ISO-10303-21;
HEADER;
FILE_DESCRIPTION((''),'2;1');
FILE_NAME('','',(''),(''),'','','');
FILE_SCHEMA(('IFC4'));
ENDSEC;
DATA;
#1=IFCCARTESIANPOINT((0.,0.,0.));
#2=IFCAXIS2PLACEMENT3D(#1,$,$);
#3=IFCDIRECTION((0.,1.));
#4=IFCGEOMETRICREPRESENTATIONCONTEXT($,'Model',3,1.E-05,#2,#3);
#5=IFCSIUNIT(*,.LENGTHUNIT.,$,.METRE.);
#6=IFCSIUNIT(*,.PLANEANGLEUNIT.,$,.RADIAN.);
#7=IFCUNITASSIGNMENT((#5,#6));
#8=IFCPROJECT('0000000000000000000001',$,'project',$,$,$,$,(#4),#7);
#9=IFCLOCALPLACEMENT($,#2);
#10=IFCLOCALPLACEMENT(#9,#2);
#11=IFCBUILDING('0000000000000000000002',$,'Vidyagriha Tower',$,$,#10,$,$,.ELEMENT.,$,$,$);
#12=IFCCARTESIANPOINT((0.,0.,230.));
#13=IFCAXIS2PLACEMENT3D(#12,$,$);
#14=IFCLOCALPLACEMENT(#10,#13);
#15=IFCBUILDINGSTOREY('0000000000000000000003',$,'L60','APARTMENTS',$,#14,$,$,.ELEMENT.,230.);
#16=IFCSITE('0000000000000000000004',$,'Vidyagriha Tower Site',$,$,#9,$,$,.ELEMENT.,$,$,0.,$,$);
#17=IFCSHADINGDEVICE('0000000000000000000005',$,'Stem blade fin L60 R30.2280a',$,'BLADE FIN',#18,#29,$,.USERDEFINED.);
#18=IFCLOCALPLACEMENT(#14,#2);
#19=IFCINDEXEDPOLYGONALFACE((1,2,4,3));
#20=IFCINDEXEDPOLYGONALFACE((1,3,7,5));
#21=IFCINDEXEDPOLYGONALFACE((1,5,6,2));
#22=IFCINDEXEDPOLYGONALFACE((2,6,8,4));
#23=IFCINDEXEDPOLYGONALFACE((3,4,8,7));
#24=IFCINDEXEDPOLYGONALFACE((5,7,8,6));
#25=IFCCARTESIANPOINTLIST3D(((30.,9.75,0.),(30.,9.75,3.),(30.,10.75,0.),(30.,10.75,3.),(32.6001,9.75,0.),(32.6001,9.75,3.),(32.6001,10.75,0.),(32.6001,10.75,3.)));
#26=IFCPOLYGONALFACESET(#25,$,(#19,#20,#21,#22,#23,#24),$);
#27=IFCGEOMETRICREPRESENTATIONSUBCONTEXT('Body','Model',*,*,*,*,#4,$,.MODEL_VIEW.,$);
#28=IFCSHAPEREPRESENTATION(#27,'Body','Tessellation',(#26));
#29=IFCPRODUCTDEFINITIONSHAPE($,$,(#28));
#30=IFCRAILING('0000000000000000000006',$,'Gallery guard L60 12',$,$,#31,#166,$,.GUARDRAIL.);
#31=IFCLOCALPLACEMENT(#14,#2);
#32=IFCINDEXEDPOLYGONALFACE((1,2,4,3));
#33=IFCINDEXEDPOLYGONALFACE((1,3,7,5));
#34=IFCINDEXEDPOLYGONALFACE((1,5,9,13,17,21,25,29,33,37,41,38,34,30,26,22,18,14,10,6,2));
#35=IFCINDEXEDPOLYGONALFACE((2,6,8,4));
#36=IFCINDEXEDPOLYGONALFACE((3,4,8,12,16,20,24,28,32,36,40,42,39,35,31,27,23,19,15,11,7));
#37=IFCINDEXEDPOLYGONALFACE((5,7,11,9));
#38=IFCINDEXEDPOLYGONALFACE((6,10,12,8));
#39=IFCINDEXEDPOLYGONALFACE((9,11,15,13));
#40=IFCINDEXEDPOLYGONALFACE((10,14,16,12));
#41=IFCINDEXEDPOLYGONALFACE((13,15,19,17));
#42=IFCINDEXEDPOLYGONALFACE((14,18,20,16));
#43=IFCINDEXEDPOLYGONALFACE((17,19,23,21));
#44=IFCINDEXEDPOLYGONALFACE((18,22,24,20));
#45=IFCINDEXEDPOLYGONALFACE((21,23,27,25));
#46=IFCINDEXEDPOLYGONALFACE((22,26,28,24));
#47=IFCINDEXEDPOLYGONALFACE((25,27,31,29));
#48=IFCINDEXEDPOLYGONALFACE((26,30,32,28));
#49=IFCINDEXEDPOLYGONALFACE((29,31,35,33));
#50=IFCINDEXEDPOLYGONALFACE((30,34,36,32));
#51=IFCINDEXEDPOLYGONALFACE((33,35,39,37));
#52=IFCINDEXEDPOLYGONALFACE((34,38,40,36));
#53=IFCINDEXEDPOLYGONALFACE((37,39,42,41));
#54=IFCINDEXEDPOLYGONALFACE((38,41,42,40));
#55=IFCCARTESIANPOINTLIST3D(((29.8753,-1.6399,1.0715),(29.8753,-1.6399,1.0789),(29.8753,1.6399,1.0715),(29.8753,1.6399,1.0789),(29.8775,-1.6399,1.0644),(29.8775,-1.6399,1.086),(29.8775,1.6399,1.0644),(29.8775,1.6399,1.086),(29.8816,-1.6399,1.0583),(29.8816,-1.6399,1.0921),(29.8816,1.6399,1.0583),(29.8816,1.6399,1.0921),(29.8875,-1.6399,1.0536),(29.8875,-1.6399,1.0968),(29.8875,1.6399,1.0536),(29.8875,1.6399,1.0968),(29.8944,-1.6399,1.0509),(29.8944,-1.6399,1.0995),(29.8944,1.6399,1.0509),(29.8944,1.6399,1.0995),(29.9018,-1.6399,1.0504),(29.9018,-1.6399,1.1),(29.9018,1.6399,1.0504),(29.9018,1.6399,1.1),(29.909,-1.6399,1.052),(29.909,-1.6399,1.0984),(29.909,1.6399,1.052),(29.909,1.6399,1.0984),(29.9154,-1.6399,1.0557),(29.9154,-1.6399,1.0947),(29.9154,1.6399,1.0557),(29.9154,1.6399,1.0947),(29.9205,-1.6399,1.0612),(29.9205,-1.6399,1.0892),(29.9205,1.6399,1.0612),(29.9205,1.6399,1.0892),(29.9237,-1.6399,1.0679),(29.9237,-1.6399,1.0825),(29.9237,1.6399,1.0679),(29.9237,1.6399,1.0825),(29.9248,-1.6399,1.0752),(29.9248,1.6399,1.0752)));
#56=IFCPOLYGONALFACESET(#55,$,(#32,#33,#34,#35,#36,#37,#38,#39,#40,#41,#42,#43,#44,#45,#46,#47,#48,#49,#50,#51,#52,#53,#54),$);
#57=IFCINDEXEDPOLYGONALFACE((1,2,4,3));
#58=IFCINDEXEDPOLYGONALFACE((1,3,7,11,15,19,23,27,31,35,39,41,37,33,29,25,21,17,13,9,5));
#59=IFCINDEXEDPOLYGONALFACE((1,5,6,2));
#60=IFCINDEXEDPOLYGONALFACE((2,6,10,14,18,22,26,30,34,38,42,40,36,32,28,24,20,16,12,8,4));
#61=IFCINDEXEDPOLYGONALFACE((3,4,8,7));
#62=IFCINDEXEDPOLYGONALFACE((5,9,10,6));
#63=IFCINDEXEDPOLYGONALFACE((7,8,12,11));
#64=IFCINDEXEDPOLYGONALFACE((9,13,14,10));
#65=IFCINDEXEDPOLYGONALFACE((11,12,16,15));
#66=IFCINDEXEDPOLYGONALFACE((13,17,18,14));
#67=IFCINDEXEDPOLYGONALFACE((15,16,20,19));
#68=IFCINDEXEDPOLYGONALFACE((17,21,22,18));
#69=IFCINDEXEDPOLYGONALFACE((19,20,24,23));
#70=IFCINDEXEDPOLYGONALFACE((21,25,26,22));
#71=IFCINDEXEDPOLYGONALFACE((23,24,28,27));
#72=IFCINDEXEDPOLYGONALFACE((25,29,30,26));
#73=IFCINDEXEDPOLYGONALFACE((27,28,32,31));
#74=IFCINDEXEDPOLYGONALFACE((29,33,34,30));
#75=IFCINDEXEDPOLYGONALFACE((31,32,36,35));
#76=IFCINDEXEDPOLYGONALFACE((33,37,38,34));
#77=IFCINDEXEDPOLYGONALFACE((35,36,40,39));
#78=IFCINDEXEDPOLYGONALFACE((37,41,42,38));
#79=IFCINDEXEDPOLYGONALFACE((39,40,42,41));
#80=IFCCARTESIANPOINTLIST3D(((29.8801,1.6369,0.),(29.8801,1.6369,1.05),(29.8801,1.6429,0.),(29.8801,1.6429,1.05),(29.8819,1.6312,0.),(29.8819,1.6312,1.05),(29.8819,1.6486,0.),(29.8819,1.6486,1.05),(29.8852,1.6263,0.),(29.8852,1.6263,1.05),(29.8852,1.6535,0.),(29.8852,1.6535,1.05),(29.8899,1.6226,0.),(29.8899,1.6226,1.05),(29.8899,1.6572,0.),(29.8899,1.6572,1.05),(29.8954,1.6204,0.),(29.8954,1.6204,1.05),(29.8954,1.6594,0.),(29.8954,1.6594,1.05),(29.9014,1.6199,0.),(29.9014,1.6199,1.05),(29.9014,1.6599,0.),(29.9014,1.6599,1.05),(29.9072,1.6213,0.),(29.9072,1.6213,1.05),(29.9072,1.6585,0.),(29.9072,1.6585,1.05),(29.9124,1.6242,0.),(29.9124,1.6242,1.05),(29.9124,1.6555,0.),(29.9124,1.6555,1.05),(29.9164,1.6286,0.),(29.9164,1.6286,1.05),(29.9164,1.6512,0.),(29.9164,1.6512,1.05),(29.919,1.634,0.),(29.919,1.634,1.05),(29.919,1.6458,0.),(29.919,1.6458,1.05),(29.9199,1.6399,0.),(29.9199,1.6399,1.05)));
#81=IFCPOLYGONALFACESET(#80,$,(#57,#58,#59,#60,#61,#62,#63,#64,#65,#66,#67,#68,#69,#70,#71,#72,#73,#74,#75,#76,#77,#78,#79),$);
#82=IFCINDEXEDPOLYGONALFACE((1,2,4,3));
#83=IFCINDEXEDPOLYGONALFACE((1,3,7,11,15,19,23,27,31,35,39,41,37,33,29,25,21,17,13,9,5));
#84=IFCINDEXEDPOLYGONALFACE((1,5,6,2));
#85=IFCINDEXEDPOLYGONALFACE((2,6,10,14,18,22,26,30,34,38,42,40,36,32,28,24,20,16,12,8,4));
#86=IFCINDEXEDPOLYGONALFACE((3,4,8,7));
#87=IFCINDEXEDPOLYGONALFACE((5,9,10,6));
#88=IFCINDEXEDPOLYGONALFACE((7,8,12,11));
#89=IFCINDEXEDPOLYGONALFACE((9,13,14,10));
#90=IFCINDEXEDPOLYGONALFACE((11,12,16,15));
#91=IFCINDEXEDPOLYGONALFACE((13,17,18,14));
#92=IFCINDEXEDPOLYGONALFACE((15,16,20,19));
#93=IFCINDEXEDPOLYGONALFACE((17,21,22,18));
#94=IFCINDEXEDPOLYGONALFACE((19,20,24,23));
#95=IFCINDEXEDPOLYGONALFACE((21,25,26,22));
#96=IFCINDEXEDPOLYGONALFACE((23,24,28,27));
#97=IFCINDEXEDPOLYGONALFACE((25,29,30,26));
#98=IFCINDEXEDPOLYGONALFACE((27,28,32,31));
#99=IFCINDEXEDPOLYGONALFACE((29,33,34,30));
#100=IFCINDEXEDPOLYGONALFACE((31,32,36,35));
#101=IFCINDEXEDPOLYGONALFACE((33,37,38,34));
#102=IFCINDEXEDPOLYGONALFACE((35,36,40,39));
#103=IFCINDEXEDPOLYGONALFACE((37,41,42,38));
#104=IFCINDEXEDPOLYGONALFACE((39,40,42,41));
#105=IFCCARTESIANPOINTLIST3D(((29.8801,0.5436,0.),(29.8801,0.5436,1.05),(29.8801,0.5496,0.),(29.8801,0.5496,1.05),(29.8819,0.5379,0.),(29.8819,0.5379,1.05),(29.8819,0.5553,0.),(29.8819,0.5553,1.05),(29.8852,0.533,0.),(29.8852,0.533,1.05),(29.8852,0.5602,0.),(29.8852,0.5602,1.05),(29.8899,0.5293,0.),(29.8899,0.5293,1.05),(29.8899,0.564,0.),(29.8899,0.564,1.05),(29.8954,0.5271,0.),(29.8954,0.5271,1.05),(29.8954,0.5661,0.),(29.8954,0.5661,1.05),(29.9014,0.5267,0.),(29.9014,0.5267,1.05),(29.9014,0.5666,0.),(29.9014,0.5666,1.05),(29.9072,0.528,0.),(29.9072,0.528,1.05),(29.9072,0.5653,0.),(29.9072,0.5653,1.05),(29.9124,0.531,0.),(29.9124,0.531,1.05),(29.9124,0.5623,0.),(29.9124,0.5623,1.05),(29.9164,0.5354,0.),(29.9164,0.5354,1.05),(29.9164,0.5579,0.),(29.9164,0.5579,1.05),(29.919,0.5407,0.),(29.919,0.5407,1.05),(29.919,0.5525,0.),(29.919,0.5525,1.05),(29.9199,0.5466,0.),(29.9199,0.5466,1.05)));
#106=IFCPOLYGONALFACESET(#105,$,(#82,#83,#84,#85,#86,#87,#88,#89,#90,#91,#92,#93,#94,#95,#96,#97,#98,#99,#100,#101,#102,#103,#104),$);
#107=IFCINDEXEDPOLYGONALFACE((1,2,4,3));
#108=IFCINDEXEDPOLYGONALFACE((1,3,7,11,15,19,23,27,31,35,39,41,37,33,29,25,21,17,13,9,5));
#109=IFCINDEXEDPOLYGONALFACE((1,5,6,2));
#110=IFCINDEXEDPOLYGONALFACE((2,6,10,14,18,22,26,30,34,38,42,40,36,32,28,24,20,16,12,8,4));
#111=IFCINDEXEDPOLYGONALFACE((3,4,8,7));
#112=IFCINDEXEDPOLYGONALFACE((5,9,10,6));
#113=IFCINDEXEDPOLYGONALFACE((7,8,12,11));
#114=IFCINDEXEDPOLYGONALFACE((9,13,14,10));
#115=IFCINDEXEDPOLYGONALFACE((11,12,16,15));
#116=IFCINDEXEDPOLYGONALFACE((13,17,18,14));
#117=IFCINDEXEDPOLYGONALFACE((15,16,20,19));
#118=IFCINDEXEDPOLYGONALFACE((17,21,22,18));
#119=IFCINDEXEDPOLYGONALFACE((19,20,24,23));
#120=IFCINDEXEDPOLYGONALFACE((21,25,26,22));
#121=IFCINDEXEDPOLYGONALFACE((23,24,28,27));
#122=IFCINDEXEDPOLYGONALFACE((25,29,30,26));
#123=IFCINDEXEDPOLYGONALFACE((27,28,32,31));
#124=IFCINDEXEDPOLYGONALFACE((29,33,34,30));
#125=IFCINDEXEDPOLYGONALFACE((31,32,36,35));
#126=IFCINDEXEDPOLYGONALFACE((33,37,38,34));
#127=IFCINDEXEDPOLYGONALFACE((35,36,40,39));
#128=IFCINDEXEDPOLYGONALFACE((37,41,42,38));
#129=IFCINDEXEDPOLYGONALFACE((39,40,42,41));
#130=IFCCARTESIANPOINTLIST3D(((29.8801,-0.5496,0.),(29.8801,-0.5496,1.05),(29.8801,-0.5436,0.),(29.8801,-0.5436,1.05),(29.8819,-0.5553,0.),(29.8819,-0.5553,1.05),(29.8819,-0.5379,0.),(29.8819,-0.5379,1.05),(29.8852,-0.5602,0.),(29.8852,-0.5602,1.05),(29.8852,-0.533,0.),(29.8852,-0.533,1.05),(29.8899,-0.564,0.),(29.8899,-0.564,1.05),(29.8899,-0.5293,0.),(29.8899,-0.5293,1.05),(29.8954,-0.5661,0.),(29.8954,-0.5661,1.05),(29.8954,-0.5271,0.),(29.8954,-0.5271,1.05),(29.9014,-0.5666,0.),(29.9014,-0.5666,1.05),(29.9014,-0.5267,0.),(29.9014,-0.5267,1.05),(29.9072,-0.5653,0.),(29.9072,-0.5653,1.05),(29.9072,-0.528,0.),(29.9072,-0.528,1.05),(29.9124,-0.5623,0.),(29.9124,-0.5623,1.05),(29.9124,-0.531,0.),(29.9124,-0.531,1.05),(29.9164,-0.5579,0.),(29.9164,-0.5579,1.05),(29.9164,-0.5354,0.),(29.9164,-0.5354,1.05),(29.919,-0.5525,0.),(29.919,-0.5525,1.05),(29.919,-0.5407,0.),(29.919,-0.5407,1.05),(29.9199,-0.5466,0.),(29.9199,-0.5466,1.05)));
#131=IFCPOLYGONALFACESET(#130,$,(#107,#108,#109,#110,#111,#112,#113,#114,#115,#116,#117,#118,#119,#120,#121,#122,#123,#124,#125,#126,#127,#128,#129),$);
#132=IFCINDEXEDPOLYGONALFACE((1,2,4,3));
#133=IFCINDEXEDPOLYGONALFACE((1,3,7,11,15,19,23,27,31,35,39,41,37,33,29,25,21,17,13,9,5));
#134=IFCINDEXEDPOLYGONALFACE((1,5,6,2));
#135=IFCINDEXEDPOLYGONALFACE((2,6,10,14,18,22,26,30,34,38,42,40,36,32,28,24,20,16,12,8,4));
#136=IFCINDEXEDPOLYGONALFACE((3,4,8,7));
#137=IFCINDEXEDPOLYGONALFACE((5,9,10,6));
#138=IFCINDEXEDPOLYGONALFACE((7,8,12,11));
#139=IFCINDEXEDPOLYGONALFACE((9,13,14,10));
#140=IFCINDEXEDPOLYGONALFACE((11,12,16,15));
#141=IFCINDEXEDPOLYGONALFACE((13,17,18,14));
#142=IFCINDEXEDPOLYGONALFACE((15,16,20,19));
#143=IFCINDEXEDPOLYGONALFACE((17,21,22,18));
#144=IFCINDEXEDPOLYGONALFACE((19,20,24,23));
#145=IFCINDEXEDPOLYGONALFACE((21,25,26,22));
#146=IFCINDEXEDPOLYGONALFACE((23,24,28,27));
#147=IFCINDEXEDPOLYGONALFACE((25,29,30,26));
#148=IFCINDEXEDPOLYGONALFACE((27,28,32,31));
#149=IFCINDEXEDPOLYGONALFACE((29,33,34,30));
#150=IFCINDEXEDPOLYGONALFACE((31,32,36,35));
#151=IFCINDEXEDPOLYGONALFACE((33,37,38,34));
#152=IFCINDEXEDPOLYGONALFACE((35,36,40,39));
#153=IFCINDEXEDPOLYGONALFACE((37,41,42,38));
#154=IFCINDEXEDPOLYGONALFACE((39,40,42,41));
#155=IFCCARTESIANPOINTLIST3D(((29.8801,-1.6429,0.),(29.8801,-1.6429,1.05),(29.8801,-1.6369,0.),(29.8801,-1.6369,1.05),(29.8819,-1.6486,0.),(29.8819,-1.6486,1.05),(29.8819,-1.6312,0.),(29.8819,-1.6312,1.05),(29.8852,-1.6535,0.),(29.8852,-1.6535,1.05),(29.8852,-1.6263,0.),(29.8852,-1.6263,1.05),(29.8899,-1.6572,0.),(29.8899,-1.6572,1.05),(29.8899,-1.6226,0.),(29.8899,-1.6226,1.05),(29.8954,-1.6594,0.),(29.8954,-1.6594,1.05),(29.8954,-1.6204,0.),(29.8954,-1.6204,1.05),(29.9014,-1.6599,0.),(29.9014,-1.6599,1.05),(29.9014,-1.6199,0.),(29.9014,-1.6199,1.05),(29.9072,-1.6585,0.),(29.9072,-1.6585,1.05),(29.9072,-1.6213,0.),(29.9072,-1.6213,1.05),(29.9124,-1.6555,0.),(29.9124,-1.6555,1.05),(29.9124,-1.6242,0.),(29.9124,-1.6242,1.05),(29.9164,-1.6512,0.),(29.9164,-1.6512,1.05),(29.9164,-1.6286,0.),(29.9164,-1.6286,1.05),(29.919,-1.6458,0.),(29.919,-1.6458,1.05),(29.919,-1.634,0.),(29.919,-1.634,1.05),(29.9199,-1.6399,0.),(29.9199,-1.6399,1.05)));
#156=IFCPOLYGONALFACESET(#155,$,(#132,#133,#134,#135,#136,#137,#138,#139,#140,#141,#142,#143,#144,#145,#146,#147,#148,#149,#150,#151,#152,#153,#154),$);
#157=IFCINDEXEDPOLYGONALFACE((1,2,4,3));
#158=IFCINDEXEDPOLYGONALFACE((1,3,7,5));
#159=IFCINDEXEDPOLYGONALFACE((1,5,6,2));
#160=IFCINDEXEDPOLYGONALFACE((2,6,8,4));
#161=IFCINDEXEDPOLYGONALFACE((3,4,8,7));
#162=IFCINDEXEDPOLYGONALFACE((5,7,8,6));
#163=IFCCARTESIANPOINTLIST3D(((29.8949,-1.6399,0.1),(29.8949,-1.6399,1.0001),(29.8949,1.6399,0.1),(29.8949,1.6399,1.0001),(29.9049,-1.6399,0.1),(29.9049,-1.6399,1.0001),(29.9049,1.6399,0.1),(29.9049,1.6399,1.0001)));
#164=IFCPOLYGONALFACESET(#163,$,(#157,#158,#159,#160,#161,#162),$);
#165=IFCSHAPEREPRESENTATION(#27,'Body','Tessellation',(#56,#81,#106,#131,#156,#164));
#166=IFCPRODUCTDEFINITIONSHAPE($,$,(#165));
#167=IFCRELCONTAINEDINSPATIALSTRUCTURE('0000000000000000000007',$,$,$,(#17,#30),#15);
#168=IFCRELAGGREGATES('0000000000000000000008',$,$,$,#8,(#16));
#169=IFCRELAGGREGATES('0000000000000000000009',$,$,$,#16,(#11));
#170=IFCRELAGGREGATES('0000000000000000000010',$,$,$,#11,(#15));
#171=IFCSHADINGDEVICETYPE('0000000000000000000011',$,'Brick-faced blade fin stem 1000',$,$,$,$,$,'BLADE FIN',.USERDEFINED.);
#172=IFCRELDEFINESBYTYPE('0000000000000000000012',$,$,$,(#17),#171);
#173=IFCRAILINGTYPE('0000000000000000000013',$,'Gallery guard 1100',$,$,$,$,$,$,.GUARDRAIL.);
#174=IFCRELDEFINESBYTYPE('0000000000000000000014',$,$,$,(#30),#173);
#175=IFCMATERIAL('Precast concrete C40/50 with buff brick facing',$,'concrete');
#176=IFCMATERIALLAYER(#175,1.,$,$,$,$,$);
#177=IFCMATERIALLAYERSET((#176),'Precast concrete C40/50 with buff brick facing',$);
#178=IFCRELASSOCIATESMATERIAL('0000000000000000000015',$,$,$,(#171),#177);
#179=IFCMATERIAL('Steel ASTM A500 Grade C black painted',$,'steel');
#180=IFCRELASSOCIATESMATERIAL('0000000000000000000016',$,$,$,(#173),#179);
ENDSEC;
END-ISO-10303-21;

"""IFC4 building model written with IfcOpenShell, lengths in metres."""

from ifc_helpers import new_model, si_unit, direction, frame, origin, origin_2d, place, context, subcontext, project, spatial, polyline, rectangle, circle, outline, extrude, material, layer, layer_set, type_object, element, save


model = new_model("IFC4")

# Units and contexts
model_context = context("Model", 3, precision=1e-05, world=origin(), true_north=direction((0.0, 1.0)))
body_context = subcontext(model_context, "Body", "Model", "MODEL_VIEW")
ifc_project = project(units=[si_unit("LENGTHUNIT", "METRE"), si_unit("PLANEANGLEUNIT", "RADIAN")], contexts=[model_context])

# Site, building, storey
site_placement = place(None, origin())
site = spatial("IfcSite", under=ifc_project, at=site_placement, Name="Vidyagriha Tower Site", CompositionType="ELEMENT", RefElevation=0.0)
building_placement = place(site_placement, origin())
building = spatial("IfcBuilding", under=site, at=building_placement, Name="Vidyagriha Tower", CompositionType="ELEMENT")
storey_placement = place(building_placement, frame((0.0, 0.0, 230.0)))
storey = spatial("IfcBuildingStorey", under=building, at=storey_placement, Name="L60", Description="APARTMENTS", CompositionType="ELEMENT", Elevation=230.0)

# Shading device
ifc_material_1 = material(Name="Precast concrete C40/50 with buff brick facing", Category="concrete")
ifc_layer_1 = layer(ifc_material_1, 1.0)
ifc_layer_set_1 = layer_set([ifc_layer_1], Name="Precast concrete C40/50 with buff brick facing")
shading_device_type_1 = type_object("IfcShadingDeviceType", Name="Brick-faced blade fin stem 1000", ElementType="BLADE FIN", PredefinedType="USERDEFINED", material=ifc_layer_set_1)
shading_device_1_placement = place(storey_placement, frame((31.3, 9.75, 0.0), z_axis=(0.0, 0.0, 1.0), x_axis=(0.0, 1.0, 0.0)))
element("IfcShadingDevice", 1, at=shading_device_1_placement, inside=storey, type_object=shading_device_type_1, Name="Stem blade fin L60 R30.2280a", ObjectType="BLADE FIN", PredefinedType="USERDEFINED", context=body_context, shape_type="SweptSolid", body=[
    extrude(outline(polyline([(0.0, 0.0), (1.0, 0.0), (1.0, 3.0), (0.0, 3.0), (0.0, 0.0)])), frame((0.0, 1.3, 0.0), z_axis=(0.0, -1.0, 0.0), x_axis=(1.0, 0.0, 0.0)), (0.0, 0.0, 1.0), 2.6001),
])

# Railing
ifc_material_2 = material(Name="Steel ASTM A500 Grade C black painted", Category="steel")
railing_type_1 = type_object("IfcRailingType", Name="Gallery guard 1100", PredefinedType="GUARDRAIL", material=ifc_material_2)
railing_1_placement = place(storey_placement, frame((29.8999, 1.6399, 0.0)))
element("IfcRailing", 2, at=railing_1_placement, inside=storey, type_object=railing_type_1, Name="Gallery guard L60 12", PredefinedType="GUARDRAIL", context=body_context, shape_type="SweptSolid", body=[
    extrude(circle(Radius=0.0249, at=origin_2d()), frame((0.0, 0.0, 1.0752), z_axis=(0.0, -1.0, 0.0), x_axis=(1.0, 0.0, 0.0)), (0.0, 0.0, 1.0), 3.2798),
    extrude(circle(Radius=0.02, at=origin_2d()), origin(), (0.0, 0.0, 1.0), 1.05),
    extrude(circle(Radius=0.02, at=origin_2d()), frame((0.0, -1.0933, 0.0)), (0.0, 0.0, 1.0), 1.05),
    extrude(circle(Radius=0.02, at=origin_2d()), frame((0.0, -2.1865, 0.0)), (0.0, 0.0, 1.0), 1.05),
    extrude(circle(Radius=0.02, at=origin_2d()), frame((0.0, -3.2798, 0.0)), (0.0, 0.0, 1.0), 1.05),
    extrude(rectangle(XDim=0.01, YDim=0.9001, at=origin_2d()), frame((0.0, 0.0, 0.55), z_axis=(0.0, -1.0, 0.0), x_axis=(1.0, 0.0, 0.0)), (0.0, 0.0, 1.0), 3.2798),
])

save(model, "model.ifc")
